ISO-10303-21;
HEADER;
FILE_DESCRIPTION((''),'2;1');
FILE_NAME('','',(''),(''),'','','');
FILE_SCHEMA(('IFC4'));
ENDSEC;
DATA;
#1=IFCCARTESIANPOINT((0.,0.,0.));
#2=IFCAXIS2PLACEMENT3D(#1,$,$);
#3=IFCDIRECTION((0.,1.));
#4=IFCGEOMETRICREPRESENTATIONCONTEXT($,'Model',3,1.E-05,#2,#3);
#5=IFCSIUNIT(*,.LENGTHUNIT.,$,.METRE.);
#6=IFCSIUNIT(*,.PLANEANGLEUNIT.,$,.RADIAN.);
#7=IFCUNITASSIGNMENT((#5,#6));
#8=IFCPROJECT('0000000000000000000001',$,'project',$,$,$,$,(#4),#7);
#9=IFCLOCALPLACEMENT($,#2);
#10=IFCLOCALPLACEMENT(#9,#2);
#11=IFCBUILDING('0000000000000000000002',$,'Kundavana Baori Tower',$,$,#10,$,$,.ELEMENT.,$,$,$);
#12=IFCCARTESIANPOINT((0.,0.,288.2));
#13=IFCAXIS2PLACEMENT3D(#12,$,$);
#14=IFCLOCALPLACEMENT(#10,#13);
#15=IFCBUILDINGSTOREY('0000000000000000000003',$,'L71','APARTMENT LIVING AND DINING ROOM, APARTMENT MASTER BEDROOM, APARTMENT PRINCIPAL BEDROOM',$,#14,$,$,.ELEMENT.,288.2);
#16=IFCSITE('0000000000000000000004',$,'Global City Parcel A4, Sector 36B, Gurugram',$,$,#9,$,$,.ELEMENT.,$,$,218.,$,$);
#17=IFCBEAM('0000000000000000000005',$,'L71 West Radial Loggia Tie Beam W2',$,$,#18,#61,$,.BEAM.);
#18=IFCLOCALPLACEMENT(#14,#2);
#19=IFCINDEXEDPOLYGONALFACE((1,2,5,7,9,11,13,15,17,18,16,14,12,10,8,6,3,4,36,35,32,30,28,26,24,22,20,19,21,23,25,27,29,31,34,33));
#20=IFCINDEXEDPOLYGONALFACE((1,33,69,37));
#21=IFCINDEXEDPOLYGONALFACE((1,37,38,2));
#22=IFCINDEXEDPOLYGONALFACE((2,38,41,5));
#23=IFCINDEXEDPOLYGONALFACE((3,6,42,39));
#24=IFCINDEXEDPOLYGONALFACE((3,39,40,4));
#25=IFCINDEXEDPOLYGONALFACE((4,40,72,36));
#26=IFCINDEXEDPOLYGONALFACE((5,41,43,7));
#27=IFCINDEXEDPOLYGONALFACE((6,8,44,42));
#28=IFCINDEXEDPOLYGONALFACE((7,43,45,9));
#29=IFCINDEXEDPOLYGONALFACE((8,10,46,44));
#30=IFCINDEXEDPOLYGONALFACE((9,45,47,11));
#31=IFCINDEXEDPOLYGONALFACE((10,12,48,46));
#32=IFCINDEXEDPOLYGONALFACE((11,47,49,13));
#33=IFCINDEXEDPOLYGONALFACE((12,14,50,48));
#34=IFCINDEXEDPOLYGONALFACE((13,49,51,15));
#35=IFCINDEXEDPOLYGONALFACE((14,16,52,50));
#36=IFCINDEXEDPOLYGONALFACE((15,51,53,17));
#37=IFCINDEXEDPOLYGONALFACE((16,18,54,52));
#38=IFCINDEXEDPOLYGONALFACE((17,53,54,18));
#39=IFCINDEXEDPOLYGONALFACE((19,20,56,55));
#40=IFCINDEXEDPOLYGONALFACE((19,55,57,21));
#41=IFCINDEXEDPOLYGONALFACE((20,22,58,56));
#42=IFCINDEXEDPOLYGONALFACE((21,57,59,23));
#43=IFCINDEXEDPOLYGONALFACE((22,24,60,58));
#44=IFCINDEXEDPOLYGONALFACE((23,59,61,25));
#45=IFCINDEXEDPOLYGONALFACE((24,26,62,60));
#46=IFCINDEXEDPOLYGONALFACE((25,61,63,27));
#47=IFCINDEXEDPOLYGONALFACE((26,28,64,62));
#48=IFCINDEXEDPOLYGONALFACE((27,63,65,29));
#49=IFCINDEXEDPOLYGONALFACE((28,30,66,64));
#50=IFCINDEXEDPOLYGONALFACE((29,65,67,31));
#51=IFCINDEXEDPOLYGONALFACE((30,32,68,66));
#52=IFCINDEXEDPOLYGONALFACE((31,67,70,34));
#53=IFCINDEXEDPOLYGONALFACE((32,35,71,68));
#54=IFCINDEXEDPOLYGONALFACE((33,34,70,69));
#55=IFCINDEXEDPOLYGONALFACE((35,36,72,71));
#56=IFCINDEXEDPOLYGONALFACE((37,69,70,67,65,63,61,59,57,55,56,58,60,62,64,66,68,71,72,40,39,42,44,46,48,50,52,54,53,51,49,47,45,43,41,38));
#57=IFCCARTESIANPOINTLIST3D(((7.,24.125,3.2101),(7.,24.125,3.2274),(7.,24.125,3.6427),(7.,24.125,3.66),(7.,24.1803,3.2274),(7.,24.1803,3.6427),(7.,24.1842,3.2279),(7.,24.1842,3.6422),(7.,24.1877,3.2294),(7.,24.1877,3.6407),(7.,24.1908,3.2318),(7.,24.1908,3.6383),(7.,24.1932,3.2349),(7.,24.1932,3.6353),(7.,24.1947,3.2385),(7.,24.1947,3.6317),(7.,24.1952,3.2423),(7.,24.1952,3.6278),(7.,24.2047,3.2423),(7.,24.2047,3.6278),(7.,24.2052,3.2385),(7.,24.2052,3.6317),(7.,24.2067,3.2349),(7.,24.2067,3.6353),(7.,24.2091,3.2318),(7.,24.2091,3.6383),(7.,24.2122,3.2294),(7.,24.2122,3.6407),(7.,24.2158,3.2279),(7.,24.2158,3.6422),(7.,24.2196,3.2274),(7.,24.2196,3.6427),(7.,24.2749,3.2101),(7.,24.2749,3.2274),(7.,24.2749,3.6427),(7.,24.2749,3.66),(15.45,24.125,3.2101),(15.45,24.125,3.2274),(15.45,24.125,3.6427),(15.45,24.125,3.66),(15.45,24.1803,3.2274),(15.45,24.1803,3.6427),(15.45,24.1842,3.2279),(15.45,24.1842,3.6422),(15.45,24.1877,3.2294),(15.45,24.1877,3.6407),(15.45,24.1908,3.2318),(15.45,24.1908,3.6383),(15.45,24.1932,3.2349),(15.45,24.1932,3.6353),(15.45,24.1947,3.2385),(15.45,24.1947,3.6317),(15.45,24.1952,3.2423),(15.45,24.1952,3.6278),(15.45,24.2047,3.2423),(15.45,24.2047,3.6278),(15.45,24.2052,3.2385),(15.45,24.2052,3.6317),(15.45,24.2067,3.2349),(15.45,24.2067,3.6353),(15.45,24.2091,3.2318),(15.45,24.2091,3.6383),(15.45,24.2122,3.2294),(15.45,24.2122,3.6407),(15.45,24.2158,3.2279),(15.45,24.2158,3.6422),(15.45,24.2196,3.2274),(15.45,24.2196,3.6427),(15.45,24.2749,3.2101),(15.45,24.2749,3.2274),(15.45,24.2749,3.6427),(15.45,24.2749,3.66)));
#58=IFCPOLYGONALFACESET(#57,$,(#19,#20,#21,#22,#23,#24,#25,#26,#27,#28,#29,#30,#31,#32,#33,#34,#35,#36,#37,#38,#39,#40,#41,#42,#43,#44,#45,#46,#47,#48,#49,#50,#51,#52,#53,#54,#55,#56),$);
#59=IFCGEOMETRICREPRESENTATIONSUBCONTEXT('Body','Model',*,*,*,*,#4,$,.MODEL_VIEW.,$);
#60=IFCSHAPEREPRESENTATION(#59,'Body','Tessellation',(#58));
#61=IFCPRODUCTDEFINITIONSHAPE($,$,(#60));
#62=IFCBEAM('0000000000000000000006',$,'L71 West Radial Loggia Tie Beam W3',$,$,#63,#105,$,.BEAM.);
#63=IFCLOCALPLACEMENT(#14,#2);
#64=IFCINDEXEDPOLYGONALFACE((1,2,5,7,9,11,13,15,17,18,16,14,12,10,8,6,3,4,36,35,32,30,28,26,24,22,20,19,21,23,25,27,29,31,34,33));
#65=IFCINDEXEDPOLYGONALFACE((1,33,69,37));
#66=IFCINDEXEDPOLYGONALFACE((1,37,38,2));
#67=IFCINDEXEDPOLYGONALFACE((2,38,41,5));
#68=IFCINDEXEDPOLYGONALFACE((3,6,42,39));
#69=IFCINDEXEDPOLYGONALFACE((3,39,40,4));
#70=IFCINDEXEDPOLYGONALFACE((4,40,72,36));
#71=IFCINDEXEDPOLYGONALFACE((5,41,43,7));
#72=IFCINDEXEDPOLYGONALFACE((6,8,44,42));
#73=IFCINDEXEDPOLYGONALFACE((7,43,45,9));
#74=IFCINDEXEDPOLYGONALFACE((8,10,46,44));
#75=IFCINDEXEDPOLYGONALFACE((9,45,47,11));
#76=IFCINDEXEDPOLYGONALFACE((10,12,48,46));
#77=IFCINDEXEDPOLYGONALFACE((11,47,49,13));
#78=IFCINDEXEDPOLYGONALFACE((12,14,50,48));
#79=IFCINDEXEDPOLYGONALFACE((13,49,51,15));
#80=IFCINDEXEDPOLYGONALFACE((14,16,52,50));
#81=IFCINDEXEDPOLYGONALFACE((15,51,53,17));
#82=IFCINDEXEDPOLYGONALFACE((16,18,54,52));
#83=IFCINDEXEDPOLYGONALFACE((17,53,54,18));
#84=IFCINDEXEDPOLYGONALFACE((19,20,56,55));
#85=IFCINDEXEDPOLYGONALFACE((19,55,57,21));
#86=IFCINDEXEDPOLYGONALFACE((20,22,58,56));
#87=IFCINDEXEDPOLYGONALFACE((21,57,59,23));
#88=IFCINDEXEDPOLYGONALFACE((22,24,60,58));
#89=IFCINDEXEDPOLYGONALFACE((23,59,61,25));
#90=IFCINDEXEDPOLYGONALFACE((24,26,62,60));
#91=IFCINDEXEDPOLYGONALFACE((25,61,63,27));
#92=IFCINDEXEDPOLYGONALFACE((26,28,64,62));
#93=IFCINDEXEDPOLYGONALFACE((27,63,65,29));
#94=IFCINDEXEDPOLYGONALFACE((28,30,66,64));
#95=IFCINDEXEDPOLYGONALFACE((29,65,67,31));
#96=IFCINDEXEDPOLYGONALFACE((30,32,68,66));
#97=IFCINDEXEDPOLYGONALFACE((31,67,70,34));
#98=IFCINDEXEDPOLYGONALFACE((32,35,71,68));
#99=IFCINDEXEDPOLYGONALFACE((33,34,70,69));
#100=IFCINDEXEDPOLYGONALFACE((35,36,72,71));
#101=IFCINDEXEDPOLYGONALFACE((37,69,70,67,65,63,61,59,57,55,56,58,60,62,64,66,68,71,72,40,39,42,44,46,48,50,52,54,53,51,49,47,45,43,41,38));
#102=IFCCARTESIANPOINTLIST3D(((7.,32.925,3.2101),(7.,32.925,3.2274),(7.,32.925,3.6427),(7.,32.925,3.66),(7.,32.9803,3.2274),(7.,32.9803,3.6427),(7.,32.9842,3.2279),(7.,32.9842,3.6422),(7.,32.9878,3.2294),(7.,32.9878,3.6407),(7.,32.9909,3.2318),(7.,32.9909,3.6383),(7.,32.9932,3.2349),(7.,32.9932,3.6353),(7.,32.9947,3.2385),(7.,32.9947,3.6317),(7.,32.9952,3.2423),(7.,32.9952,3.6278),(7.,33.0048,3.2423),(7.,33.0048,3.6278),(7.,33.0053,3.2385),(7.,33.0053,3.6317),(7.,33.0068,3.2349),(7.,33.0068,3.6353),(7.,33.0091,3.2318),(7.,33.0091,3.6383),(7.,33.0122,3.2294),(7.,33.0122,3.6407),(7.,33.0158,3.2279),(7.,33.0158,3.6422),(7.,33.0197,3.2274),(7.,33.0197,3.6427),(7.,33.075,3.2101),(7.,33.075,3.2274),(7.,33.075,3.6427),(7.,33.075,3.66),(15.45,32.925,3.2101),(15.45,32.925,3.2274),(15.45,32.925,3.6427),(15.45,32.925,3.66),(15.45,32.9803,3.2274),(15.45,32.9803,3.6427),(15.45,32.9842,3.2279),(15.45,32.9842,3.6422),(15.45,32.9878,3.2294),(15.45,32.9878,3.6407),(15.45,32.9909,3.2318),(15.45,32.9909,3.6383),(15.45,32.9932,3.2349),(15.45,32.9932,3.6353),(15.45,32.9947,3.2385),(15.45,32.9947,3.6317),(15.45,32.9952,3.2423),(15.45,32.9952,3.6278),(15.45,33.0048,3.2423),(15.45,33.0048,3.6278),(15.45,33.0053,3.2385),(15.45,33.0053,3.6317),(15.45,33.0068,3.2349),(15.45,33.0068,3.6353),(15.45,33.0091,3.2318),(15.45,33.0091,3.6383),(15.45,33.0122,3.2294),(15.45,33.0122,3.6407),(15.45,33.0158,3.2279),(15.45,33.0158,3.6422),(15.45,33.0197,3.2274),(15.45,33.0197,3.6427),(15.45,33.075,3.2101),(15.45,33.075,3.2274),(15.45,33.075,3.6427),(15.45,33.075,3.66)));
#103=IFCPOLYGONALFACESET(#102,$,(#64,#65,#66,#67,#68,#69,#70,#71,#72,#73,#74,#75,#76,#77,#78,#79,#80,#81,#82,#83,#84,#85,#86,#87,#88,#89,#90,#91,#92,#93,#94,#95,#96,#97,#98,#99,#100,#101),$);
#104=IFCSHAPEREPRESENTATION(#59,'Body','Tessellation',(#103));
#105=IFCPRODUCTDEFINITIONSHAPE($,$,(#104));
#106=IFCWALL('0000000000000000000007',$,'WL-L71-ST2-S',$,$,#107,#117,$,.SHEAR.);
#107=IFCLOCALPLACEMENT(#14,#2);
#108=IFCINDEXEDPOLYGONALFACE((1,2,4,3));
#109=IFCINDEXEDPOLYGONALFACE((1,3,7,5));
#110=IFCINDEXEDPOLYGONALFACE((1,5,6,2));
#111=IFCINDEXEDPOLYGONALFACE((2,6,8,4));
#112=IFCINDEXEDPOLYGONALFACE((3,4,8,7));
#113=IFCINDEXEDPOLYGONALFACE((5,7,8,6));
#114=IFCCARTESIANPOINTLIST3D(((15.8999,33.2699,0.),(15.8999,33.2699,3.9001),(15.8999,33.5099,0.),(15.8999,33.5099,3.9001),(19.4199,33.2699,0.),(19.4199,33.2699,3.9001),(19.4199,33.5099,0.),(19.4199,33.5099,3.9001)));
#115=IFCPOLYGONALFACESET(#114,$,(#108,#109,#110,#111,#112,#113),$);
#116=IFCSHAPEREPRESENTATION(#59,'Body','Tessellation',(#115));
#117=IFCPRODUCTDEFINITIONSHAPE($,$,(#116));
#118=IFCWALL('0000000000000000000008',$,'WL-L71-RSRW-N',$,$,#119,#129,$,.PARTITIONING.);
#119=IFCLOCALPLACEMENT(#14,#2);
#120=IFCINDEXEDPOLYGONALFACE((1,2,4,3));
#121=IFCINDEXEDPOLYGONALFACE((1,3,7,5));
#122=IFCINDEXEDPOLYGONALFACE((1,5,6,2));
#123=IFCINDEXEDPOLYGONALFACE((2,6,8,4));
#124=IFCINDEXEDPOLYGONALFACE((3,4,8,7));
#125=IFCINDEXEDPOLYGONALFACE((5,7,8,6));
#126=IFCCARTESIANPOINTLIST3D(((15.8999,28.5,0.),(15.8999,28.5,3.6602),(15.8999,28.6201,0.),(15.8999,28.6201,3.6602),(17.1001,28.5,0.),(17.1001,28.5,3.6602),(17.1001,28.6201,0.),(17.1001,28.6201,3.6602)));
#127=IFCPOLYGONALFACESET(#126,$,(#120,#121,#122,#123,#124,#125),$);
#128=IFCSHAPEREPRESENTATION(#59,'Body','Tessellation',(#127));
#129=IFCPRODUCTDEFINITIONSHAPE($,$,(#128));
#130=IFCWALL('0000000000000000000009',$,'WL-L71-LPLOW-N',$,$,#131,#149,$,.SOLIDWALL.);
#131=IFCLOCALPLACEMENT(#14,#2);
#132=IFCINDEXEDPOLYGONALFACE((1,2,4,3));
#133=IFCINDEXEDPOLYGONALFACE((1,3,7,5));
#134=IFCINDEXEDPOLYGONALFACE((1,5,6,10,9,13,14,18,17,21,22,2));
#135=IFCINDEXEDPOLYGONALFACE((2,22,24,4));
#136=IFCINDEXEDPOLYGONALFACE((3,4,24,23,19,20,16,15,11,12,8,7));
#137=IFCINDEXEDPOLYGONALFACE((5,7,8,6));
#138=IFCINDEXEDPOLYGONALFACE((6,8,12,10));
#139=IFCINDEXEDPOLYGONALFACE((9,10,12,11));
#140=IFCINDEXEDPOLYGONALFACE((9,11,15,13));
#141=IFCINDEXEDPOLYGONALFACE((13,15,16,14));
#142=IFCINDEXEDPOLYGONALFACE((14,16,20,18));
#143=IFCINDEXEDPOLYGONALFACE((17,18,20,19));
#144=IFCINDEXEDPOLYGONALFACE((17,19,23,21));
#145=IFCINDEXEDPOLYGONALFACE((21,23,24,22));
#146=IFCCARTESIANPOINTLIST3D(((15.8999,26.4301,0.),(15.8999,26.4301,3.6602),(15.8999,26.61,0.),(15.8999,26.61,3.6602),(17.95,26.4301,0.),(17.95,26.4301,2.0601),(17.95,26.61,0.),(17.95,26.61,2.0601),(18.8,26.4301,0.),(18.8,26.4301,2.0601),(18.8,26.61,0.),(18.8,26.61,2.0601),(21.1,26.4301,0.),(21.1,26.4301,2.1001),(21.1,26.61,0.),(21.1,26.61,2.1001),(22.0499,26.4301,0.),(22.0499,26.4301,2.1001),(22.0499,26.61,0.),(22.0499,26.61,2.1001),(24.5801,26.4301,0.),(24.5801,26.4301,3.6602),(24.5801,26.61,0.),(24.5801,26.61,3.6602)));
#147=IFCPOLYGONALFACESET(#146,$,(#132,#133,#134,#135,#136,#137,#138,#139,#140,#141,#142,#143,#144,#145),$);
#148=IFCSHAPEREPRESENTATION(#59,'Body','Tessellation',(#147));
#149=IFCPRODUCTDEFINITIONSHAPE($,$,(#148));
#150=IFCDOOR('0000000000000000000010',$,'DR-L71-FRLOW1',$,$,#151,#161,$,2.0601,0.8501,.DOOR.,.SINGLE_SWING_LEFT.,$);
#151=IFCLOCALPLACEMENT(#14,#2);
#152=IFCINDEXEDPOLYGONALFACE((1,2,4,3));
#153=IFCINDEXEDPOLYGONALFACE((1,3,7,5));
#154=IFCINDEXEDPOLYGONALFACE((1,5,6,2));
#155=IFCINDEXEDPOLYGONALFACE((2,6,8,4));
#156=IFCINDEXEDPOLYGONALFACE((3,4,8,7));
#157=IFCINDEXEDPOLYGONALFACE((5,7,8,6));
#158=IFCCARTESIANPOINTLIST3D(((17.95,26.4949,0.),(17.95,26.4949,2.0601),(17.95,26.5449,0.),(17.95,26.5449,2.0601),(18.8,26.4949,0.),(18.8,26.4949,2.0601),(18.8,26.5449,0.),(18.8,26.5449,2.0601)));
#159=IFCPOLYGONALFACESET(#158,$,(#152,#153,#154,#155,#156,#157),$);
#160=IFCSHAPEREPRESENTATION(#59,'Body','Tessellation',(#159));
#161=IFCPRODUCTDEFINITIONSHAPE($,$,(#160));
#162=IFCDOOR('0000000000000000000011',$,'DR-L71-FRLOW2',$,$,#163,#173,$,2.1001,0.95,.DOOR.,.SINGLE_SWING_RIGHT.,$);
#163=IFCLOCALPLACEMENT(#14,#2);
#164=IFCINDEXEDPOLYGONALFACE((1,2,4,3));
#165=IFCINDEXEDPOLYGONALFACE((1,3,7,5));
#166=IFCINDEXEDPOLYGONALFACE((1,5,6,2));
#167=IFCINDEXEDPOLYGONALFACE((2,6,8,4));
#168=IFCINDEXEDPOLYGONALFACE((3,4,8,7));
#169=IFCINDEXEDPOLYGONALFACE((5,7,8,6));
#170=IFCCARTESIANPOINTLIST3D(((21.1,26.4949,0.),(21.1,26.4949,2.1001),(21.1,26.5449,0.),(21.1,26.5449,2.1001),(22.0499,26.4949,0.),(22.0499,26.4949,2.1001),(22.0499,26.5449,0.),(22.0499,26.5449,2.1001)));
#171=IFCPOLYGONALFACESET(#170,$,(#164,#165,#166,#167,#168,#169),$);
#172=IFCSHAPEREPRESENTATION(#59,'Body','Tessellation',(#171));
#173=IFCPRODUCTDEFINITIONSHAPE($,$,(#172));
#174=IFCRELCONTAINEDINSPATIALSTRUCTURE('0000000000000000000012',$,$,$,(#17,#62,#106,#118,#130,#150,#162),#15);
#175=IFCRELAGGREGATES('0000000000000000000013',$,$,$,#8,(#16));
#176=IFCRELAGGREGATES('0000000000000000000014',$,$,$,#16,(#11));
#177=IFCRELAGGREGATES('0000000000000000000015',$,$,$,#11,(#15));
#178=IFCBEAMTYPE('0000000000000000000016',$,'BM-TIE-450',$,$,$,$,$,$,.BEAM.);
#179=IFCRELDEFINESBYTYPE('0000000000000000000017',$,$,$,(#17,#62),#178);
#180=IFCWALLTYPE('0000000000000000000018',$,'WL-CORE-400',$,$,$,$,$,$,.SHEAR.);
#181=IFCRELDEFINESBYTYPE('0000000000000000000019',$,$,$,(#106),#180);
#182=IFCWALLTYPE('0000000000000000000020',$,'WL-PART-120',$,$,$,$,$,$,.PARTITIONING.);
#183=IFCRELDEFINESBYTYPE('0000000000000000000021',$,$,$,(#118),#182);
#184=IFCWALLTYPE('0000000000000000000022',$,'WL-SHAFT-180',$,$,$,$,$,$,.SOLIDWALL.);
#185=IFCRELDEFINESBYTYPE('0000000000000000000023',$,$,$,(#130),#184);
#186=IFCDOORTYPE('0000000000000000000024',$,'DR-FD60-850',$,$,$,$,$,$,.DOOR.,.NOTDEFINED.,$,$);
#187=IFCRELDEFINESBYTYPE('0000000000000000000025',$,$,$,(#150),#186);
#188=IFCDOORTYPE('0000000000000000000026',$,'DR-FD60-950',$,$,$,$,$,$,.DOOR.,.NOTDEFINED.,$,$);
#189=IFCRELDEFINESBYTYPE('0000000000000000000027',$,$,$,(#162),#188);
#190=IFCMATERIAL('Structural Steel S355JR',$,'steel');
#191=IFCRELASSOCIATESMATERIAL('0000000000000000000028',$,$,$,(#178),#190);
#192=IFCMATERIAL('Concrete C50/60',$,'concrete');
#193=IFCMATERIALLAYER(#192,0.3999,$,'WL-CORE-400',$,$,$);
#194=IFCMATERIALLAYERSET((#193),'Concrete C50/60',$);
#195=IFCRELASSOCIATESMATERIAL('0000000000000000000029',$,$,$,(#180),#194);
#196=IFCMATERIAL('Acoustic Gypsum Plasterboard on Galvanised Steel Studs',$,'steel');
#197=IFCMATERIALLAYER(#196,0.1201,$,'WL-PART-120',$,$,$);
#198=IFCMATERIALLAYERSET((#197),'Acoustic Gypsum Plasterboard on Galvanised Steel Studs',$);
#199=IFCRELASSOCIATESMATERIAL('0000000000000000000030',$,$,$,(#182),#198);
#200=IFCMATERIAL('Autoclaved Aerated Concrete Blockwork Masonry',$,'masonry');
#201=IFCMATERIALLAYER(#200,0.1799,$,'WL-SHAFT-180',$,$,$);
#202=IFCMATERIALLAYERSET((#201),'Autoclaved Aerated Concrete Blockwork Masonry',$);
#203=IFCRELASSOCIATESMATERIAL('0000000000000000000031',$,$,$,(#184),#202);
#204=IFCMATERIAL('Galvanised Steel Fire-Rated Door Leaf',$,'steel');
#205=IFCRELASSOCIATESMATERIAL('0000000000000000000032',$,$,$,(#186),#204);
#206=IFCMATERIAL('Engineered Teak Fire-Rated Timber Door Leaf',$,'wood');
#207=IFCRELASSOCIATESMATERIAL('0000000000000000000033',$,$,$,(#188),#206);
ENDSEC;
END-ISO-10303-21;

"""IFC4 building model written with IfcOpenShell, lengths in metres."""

from ifc_helpers import new_model, si_unit, direction, frame, frame_2d, origin, origin_2d, place, context, subcontext, project, spatial, rectangle, i_section, extrude, material, layer, layer_set, material_profile, profile_set, type_object, element, fill, save


model = new_model("IFC4")

# Units and contexts
model_context = context("Model", 3, precision=1e-05, world=origin(), true_north=direction((0.0, 1.0)))
body_context = subcontext(model_context, "Body", "Model", "MODEL_VIEW")
ifc_project = project(units=[si_unit("LENGTHUNIT", "METRE"), si_unit("PLANEANGLEUNIT", "RADIAN")], contexts=[model_context])

# Site, building, storey
site_placement = place(None, origin())
site = spatial("IfcSite", under=ifc_project, at=site_placement, Name="Global City Parcel A4, Sector 36B, Gurugram", CompositionType="ELEMENT", RefElevation=218.0)
building_placement = place(site_placement, origin())
building = spatial("IfcBuilding", under=site, at=building_placement, Name="Kundavana Baori Tower", CompositionType="ELEMENT")
storey_placement = place(building_placement, frame((0.0, 0.0, 288.2)))
storey = spatial("IfcBuildingStorey", under=building, at=storey_placement, Name="L71", Description="APARTMENT LIVING AND DINING ROOM, APARTMENT MASTER BEDROOM, APARTMENT PRINCIPAL BEDROOM", CompositionType="ELEMENT", Elevation=288.2)

# Beams
ifc_material_1 = material(Name="Structural Steel S355JR", Category="steel")
ifc_material_profile_1 = material_profile(ifc_material_1, i_section(OverallWidth=0.1499, OverallDepth=0.45, WebThickness=0.0095, FlangeThickness=0.0173, FilletRadius=0.0149, at=origin_2d()), Name="ISMB 450")
ifc_profile_set_1 = profile_set([ifc_material_profile_1], Name="Structural Steel S355JR")
beam_type_1 = type_object("IfcBeamType", Name="BM-TIE-450", PredefinedType="BEAM", material=ifc_profile_set_1)
for number, where, z_axis, x_axis, name in (
    (1, (15.45, 24.2, 3.4351), (-1.0, 0.0, 0.0), (0.0, -1.0, 0.0), "L71 West Radial Loggia Tie Beam W2"),
    (2, (15.45, 33.0, 3.4351), (-1.0, 0.0, 0.0), (0.0, -1.0, 0.0), "L71 West Radial Loggia Tie Beam W3"),
):
    element("IfcBeam", number, at=place(storey_placement, frame(where, z_axis=z_axis, x_axis=x_axis)), inside=storey, type_object=beam_type_1, Name=name, PredefinedType="BEAM", context=body_context, shape_type="SweptSolid", body=[
        extrude(i_section(OverallWidth=0.1499, OverallDepth=0.45, WebThickness=0.0095, FlangeThickness=0.0173, FilletRadius=0.0149, at=origin_2d()), origin(), (0.0, 0.0, 1.0), 8.45),
    ])

# Walls
ifc_material_2 = material(Name="Concrete C50/60", Category="concrete")
ifc_layer_1 = layer(ifc_material_2, 0.3999, Name="WL-CORE-400")
ifc_layer_set_1 = layer_set([ifc_layer_1], Name="Concrete C50/60")
wall_type_1 = type_object("IfcWallType", Name="WL-CORE-400", PredefinedType="SHEAR", material=ifc_layer_set_1)
wall_1_placement = place(storey_placement, frame((15.8999, 33.3899, 0.0), z_axis=(0.0, 0.0, 1.0), x_axis=(1.0, 0.0, 0.0)))
element("IfcWall", 3, at=wall_1_placement, inside=storey, type_object=wall_type_1, Name="WL-L71-ST2-S", PredefinedType="SHEAR", context=body_context, shape_type="SweptSolid", body=[
    extrude(rectangle(XDim=3.52, YDim=0.24, at=frame_2d((1.76, 0.0))), origin(), (0.0, 0.0, 1.0), 3.9001),
])
ifc_material_3 = material(Name="Acoustic Gypsum Plasterboard on Galvanised Steel Studs", Category="steel")
ifc_layer_2 = layer(ifc_material_3, 0.1201, Name="WL-PART-120")
ifc_layer_set_2 = layer_set([ifc_layer_2], Name="Acoustic Gypsum Plasterboard on Galvanised Steel Studs")
wall_type_2 = type_object("IfcWallType", Name="WL-PART-120", PredefinedType="PARTITIONING", material=ifc_layer_set_2)
wall_2_placement = place(storey_placement, frame((15.8999, 28.5601, 0.0), z_axis=(0.0, 0.0, 1.0), x_axis=(1.0, 0.0, 0.0)))
element("IfcWall", 4, at=wall_2_placement, inside=storey, type_object=wall_type_2, Name="WL-L71-RSRW-N", PredefinedType="PARTITIONING", context=body_context, shape_type="SweptSolid", body=[
    extrude(rectangle(XDim=1.2002, YDim=0.1201, at=frame_2d((0.6001, 0.0))), origin(), (0.0, 0.0, 1.0), 3.6602),
])

# Wall, openings, doors
ifc_material_4 = material(Name="Autoclaved Aerated Concrete Blockwork Masonry", Category="masonry")
ifc_layer_3 = layer(ifc_material_4, 0.1799, Name="WL-SHAFT-180")
ifc_layer_set_3 = layer_set([ifc_layer_3], Name="Autoclaved Aerated Concrete Blockwork Masonry")
wall_type_3 = type_object("IfcWallType", Name="WL-SHAFT-180", PredefinedType="SOLIDWALL", material=ifc_layer_set_3)
wall_3_placement = place(storey_placement, frame((15.8999, 26.52, 0.0), z_axis=(0.0, 0.0, 1.0), x_axis=(1.0, 0.0, 0.0)))
wall_3 = element("IfcWall", 5, at=wall_3_placement, inside=storey, type_object=wall_type_3, Name="WL-L71-LPLOW-N", PredefinedType="SOLIDWALL", context=body_context, shape_type="SweptSolid", body=[
    extrude(rectangle(XDim=8.6802, YDim=0.1799, at=frame_2d((4.3401, 0.0))), origin(), (0.0, 0.0, 1.0), 3.6602),
])
opening_1_placement = place(wall_3_placement, frame((2.05, 0.0, 0.0)))
opening_1 = element("IfcOpeningElement", 6, at=opening_1_placement, cuts=wall_3, PredefinedType="OPENING", context=body_context, shape_type="SweptSolid", body=[
    extrude(rectangle(XDim=0.8501, YDim=2.0601, at=frame_2d((0.425, 1.03))), frame((0.0, 0.1001, 0.0), z_axis=(0.0, -1.0, 0.0), x_axis=(1.0, 0.0, 0.0)), (0.0, 0.0, 1.0), 0.2),
])
opening_2_placement = place(wall_3_placement, frame((5.2, 0.0, 0.0)))
opening_2 = element("IfcOpeningElement", 7, at=opening_2_placement, cuts=wall_3, PredefinedType="OPENING", context=body_context, shape_type="SweptSolid", body=[
    extrude(rectangle(XDim=0.95, YDim=2.1001, at=frame_2d((0.4751, 1.05))), frame((0.0, 0.1001, 0.0), z_axis=(0.0, -1.0, 0.0), x_axis=(1.0, 0.0, 0.0)), (0.0, 0.0, 1.0), 0.2),
])
ifc_material_5 = material(Name="Galvanised Steel Fire-Rated Door Leaf", Category="steel")
door_type_1 = type_object("IfcDoorType", Name="DR-FD60-850", OperationType="NOTDEFINED", PredefinedType="DOOR", material=ifc_material_5)
door_1_placement = place(opening_1_placement, origin())
door_1 = element("IfcDoor", 8, at=door_1_placement, inside=storey, type_object=door_type_1, Name="DR-L71-FRLOW1", OperationType="SINGLE_SWING_LEFT", OverallHeight=2.0601, OverallWidth=0.8501, PredefinedType="DOOR", context=body_context, shape_type="SweptSolid", body=[
    extrude(rectangle(XDim=0.8501, YDim=2.0601, at=frame_2d((0.425, 1.03))), frame((0.0, 0.0249, 0.0), z_axis=(0.0, -1.0, 0.0), x_axis=(1.0, 0.0, 0.0)), (0.0, 0.0, 1.0), 0.05),
])
fill(opening_1, door_1)
ifc_material_6 = material(Name="Engineered Teak Fire-Rated Timber Door Leaf", Category="wood")
door_type_2 = type_object("IfcDoorType", Name="DR-FD60-950", OperationType="NOTDEFINED", PredefinedType="DOOR", material=ifc_material_6)
door_2_placement = place(opening_2_placement, origin())
door_2 = element("IfcDoor", 9, at=door_2_placement, inside=storey, type_object=door_type_2, Name="DR-L71-FRLOW2", OperationType="SINGLE_SWING_RIGHT", OverallHeight=2.1001, OverallWidth=0.95, PredefinedType="DOOR", context=body_context, shape_type="SweptSolid", body=[
    extrude(rectangle(XDim=0.95, YDim=2.1001, at=frame_2d((0.4751, 1.05))), frame((0.0, 0.0249, 0.0), z_axis=(0.0, -1.0, 0.0), x_axis=(1.0, 0.0, 0.0)), (0.0, 0.0, 1.0), 0.05),
])
fill(opening_2, door_2)

save(model, "model.ifc")
